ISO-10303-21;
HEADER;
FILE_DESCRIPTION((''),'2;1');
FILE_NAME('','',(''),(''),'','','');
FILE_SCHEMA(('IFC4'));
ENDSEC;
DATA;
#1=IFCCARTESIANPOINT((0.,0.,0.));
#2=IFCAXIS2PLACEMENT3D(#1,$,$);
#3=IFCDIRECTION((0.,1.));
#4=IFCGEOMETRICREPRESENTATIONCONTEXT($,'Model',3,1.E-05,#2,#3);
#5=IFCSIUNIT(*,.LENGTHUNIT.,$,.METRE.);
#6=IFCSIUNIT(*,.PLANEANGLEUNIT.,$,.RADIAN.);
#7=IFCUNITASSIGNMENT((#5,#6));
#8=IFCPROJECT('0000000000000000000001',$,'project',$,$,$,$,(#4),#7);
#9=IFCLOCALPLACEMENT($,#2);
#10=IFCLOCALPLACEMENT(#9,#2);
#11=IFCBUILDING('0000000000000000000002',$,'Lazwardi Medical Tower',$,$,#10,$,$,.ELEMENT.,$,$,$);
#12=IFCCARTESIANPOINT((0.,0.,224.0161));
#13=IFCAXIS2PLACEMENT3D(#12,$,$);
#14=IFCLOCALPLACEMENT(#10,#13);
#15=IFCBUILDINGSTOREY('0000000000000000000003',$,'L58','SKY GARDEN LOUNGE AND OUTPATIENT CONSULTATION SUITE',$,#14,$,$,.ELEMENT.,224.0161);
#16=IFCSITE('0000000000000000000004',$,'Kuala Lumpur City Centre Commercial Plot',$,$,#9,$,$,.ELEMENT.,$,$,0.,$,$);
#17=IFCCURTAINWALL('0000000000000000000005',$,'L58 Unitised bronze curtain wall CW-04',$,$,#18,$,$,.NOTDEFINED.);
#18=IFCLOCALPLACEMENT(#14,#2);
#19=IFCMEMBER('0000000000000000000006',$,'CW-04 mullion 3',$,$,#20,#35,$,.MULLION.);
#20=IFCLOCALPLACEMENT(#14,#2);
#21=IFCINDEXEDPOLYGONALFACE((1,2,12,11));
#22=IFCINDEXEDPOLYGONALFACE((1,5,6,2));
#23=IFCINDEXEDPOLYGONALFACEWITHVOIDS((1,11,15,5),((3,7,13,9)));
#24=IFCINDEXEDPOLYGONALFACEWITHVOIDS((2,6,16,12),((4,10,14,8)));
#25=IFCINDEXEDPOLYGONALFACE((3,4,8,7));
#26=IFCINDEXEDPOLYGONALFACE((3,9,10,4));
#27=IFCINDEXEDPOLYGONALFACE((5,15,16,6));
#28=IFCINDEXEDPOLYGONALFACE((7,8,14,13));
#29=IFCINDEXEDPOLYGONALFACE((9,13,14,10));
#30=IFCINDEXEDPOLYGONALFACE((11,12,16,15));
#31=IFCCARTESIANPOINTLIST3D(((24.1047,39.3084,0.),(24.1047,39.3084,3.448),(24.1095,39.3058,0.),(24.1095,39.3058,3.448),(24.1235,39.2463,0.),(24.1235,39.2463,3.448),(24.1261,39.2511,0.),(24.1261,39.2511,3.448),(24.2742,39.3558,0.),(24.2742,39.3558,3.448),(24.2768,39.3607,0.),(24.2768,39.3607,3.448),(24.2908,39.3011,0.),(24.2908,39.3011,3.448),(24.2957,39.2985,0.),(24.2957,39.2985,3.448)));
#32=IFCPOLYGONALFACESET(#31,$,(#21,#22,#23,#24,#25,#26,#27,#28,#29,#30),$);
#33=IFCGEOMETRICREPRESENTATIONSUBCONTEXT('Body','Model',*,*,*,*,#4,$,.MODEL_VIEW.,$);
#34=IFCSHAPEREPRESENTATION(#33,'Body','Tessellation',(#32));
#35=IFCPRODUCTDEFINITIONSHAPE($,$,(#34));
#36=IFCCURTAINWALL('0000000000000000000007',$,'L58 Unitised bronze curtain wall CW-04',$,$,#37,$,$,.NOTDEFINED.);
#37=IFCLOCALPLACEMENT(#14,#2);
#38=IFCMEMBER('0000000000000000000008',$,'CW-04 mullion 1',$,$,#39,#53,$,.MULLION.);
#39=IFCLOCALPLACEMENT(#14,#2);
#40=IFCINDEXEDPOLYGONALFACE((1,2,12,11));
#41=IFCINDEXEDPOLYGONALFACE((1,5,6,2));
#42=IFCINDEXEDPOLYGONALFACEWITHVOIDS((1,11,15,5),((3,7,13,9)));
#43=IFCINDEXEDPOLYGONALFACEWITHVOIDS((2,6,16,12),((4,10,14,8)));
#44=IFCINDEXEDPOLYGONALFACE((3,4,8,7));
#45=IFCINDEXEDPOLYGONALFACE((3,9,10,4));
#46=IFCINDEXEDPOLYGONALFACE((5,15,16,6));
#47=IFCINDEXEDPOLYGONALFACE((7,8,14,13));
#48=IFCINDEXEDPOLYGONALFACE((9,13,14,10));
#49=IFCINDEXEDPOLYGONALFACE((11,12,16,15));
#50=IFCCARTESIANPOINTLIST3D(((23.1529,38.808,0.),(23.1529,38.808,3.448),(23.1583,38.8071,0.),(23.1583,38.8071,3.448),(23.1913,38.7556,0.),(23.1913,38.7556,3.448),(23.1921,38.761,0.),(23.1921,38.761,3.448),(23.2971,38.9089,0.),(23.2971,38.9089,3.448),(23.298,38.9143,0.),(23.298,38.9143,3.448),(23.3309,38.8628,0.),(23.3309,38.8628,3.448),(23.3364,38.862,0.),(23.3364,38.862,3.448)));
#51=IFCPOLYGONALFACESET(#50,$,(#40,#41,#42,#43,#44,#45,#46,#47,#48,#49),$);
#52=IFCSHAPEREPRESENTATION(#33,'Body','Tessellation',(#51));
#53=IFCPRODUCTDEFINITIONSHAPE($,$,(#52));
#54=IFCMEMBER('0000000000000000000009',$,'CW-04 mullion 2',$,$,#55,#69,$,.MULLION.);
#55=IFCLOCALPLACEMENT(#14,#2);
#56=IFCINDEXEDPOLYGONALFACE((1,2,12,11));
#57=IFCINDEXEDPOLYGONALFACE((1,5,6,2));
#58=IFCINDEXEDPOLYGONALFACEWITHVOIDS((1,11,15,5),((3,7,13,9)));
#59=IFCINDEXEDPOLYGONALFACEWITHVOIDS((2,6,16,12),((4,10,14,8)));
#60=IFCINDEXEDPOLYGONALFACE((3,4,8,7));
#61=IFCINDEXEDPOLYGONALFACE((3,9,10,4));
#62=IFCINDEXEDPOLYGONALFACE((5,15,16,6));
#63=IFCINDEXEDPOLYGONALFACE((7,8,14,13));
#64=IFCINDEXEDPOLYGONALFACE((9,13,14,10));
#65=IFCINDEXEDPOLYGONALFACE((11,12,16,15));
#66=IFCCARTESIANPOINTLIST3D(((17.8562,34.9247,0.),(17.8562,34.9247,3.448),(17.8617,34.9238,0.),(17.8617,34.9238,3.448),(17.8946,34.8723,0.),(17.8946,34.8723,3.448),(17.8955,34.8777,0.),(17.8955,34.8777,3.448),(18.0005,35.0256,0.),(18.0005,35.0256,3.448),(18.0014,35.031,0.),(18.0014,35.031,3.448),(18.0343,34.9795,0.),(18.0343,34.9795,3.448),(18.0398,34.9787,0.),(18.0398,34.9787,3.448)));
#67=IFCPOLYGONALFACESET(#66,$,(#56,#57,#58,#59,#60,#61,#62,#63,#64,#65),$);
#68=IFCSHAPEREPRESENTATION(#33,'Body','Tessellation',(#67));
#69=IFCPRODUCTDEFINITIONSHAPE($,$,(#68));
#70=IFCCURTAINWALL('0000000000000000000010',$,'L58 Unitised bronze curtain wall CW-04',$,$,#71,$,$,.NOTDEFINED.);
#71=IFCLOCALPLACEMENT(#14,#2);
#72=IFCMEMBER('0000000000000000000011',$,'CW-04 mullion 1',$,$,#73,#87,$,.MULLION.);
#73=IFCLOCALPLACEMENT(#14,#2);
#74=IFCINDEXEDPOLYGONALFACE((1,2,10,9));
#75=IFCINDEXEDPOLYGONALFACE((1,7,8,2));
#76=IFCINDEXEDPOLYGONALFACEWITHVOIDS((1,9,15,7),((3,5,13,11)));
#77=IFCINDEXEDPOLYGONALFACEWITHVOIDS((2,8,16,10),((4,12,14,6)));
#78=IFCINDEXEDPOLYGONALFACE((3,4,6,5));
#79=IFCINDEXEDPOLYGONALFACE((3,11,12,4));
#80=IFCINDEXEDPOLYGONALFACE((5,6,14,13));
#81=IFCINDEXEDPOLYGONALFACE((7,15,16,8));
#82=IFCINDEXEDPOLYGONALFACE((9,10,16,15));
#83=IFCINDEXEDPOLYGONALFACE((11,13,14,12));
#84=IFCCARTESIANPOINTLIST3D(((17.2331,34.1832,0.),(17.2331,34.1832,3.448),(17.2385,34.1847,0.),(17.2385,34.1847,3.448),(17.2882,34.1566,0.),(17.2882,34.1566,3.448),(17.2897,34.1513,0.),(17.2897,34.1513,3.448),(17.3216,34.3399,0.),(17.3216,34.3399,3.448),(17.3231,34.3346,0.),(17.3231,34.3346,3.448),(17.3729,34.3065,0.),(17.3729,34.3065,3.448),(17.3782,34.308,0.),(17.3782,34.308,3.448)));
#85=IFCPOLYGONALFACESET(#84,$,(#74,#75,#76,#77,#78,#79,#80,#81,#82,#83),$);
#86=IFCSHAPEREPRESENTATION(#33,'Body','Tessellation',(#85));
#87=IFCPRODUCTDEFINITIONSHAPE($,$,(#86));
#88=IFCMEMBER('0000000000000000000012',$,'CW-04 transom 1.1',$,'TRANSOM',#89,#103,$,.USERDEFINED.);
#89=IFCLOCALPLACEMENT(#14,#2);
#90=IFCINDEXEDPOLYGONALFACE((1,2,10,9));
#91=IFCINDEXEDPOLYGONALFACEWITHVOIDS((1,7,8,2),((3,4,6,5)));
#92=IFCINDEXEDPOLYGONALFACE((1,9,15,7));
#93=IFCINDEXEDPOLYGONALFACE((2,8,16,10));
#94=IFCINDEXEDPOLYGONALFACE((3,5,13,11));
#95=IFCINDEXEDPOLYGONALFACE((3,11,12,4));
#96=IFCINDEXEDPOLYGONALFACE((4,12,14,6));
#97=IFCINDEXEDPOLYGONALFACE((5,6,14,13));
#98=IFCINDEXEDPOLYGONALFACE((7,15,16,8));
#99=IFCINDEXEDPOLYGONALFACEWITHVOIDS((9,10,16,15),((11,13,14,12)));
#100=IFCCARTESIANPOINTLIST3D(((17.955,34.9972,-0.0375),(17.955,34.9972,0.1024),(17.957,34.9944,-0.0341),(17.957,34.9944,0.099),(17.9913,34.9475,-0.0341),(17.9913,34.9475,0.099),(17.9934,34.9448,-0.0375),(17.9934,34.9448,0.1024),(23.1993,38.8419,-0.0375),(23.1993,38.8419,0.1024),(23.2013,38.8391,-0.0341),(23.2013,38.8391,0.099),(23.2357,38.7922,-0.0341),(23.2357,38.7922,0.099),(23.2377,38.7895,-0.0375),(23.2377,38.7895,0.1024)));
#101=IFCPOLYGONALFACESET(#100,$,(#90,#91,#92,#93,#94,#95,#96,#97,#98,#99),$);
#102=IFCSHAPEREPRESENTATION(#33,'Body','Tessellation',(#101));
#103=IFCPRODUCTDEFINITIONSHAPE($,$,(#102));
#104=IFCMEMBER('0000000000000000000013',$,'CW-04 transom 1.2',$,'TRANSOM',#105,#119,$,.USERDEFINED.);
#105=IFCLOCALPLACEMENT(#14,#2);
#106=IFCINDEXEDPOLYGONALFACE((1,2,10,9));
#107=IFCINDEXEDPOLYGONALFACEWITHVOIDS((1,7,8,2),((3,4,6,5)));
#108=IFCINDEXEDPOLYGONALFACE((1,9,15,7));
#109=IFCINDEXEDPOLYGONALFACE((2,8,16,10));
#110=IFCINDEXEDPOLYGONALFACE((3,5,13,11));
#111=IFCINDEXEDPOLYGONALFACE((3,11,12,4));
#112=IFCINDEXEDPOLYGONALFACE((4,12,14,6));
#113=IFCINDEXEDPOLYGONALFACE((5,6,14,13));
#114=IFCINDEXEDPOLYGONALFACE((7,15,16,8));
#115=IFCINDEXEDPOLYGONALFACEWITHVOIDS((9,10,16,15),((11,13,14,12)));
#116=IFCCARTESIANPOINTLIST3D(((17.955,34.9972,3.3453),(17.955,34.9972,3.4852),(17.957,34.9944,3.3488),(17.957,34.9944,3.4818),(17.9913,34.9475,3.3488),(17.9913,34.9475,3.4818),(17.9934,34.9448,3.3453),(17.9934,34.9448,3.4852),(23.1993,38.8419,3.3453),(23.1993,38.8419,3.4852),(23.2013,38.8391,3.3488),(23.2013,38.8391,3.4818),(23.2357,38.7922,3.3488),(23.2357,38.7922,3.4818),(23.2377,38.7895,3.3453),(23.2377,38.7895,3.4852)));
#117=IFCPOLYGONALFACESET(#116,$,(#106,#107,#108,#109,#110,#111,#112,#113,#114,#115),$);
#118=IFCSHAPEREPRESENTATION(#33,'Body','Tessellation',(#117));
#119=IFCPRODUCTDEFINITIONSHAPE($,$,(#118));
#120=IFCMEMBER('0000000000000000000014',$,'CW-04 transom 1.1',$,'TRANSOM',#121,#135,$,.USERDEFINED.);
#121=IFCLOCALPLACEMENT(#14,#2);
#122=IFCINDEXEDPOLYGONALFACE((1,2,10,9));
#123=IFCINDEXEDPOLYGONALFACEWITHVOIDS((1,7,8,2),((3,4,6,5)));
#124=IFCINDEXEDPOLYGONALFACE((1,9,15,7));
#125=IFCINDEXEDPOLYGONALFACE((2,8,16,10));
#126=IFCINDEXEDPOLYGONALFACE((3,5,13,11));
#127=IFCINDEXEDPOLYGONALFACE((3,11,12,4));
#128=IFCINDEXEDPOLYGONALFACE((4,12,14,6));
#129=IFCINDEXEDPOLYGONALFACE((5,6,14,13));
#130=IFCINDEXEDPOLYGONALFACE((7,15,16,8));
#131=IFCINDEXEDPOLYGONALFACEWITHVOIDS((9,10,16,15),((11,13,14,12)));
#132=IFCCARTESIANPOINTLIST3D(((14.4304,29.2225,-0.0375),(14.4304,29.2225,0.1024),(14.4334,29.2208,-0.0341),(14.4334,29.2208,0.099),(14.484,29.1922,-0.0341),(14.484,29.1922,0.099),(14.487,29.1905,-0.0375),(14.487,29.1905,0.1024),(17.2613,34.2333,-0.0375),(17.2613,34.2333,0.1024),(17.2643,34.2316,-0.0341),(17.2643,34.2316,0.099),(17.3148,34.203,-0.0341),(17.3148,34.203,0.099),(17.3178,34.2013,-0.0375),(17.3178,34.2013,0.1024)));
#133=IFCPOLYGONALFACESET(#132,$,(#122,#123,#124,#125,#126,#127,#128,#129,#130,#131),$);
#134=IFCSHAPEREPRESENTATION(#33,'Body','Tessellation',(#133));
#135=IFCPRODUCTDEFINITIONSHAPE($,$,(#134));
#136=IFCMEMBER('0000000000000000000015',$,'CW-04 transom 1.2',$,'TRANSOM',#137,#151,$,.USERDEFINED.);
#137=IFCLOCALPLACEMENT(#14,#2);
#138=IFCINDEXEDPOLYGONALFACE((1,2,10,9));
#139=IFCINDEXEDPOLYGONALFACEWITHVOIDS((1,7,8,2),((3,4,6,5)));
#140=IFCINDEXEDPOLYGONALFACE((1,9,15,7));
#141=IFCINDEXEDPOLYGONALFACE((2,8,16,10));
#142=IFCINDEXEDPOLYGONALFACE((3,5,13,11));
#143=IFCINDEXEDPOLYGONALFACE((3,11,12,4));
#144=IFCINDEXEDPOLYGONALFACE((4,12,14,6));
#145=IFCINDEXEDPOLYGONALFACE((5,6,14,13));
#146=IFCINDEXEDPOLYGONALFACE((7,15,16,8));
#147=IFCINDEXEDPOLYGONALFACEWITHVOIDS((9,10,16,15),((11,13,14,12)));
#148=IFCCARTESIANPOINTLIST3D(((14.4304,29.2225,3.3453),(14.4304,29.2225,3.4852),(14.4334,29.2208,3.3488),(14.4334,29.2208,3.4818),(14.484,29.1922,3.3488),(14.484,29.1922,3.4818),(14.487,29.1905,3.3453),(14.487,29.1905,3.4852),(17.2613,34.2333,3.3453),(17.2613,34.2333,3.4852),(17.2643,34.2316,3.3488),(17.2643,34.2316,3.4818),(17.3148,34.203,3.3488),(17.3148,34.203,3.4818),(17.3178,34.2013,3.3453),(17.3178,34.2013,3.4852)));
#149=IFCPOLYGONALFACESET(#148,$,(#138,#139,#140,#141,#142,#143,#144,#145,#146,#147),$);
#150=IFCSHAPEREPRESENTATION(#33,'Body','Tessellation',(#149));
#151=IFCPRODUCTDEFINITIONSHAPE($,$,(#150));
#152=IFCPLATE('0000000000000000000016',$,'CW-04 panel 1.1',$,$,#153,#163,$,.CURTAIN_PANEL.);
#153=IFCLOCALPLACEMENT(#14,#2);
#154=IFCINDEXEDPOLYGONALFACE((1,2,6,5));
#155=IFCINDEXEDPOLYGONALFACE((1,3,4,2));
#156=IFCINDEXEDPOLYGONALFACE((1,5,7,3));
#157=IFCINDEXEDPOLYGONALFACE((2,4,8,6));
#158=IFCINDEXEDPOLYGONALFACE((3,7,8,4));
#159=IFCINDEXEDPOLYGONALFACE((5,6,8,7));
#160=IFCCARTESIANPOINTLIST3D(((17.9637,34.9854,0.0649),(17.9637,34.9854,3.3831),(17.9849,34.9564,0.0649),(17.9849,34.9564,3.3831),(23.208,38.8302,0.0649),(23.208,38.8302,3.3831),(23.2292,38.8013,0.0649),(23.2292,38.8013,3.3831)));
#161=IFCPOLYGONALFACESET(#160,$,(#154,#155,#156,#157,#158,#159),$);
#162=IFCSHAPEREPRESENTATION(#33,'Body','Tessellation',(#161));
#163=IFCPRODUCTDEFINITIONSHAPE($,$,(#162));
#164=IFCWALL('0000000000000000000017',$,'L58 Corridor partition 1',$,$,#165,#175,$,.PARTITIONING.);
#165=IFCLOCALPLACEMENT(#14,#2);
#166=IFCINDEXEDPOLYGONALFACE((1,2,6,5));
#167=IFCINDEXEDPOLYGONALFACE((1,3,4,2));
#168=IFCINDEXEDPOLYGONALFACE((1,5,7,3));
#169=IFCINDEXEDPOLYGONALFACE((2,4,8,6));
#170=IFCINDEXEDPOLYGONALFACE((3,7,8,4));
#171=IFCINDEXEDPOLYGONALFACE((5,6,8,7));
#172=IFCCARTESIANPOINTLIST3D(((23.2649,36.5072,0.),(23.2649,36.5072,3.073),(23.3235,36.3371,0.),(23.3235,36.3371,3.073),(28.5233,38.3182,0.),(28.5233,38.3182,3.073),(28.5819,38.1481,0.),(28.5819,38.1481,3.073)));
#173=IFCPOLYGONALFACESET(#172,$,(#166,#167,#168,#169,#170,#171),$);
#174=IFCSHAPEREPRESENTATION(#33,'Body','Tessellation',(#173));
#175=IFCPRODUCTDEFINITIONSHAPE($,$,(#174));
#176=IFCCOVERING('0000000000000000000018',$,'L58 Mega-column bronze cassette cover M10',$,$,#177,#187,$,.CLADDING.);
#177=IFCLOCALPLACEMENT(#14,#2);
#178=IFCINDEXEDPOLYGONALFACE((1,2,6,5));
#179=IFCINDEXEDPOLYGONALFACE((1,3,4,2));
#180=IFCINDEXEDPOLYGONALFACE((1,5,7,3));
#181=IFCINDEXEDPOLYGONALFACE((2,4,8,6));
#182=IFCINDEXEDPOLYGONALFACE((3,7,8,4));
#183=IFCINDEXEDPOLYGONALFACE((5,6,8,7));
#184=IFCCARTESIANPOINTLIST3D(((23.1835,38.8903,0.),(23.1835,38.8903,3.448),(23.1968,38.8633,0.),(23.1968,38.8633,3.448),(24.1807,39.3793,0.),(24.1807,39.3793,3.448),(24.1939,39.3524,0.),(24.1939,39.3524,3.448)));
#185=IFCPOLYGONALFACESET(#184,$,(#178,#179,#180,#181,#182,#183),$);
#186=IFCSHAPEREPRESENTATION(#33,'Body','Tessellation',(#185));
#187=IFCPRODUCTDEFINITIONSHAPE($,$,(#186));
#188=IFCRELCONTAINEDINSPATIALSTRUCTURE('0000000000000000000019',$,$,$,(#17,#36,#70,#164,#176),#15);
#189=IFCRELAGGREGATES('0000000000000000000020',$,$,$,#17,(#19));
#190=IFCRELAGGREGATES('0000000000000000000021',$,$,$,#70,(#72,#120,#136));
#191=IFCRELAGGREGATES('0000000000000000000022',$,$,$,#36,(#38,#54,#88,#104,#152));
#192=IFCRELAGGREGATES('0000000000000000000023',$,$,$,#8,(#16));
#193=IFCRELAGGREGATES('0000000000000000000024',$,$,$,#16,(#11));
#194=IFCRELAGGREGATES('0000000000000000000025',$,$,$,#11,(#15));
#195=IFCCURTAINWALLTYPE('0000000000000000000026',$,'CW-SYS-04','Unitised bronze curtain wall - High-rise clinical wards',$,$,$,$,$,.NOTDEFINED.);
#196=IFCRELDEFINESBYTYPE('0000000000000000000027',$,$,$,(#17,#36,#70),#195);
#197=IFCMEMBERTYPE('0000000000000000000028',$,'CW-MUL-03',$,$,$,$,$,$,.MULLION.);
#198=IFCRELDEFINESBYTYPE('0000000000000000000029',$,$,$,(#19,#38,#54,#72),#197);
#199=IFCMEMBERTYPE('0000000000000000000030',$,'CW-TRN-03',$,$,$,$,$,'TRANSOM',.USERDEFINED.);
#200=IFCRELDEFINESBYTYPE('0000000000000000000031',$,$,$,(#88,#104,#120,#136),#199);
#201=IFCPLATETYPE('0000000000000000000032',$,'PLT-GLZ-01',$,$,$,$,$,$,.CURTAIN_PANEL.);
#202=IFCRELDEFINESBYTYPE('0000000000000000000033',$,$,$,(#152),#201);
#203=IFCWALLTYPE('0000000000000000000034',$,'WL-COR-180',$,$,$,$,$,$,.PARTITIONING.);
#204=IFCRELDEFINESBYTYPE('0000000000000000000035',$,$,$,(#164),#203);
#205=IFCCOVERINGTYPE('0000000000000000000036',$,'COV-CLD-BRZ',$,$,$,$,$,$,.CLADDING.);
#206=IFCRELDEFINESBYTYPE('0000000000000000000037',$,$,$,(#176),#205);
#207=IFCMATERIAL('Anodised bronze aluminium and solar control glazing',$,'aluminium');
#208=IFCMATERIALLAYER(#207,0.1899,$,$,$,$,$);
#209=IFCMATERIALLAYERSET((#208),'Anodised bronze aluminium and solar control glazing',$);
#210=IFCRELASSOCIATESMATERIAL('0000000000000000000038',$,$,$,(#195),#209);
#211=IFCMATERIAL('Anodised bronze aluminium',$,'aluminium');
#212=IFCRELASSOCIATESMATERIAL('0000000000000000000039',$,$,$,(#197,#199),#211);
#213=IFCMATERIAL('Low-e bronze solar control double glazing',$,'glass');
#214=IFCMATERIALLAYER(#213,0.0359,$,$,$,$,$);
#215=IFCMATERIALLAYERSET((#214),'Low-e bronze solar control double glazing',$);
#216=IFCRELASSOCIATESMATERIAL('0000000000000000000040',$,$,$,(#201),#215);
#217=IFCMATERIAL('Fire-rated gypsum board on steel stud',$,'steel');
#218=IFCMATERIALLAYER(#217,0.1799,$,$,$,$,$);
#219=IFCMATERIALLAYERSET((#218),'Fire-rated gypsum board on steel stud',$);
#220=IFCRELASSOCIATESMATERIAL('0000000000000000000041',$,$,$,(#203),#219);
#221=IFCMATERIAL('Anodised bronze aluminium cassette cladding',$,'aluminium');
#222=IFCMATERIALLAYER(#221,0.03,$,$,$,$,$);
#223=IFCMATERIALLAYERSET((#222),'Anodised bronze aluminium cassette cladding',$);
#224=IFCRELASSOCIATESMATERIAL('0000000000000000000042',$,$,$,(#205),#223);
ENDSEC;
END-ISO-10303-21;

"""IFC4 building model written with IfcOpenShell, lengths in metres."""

from ifc_helpers import new_model, si_unit, direction, frame, frame_2d, origin, origin_2d, place, context, subcontext, project, spatial, rectangle, hollow_rectangle, extrude, material, layer, layer_set, material_profile, profile_set, type_object, element, aggregate, save


model = new_model("IFC4")

# Units and contexts
model_context = context("Model", 3, precision=1e-05, world=origin(), true_north=direction((0.0, 1.0)))
body_context = subcontext(model_context, "Body", "Model", "MODEL_VIEW")
ifc_project = project(units=[si_unit("LENGTHUNIT", "METRE"), si_unit("PLANEANGLEUNIT", "RADIAN")], contexts=[model_context])

# Site, building, storey
site_placement = place(None, origin())
site = spatial("IfcSite", under=ifc_project, at=site_placement, Name="Kuala Lumpur City Centre Commercial Plot", CompositionType="ELEMENT", RefElevation=0.0)
building_placement = place(site_placement, origin())
building = spatial("IfcBuilding", under=site, at=building_placement, Name="Lazwardi Medical Tower", CompositionType="ELEMENT")
storey_placement = place(building_placement, frame((0.0, 0.0, 224.0161)))
storey = spatial("IfcBuildingStorey", under=building, at=storey_placement, Name="L58", Description="SKY GARDEN LOUNGE AND OUTPATIENT CONSULTATION SUITE", CompositionType="ELEMENT", Elevation=224.0161)

# Curtain wall, member
ifc_material_1 = material(Name="Anodised bronze aluminium and solar control glazing", Category="aluminium")
ifc_layer_1 = layer(ifc_material_1, 0.1899)
ifc_layer_set_1 = layer_set([ifc_layer_1], Name="Anodised bronze aluminium and solar control glazing")
curtain_wall_type = type_object("IfcCurtainWallType", Name="CW-SYS-04", Description="Unitised bronze curtain wall - High-rise clinical wards", PredefinedType="NOTDEFINED", material=ifc_layer_set_1)
curtain_wall_1_placement = place(storey_placement, origin())
curtain_wall_1 = element("IfcCurtainWall", 1, at=curtain_wall_1_placement, inside=storey, type_object=curtain_wall_type, Name="L58 Unitised bronze curtain wall CW-04", PredefinedType="NOTDEFINED")
ifc_material_2 = material(Name="Anodised bronze aluminium", Category="aluminium")
ifc_material_profile_1 = material_profile(ifc_material_2, hollow_rectangle(XDim=0.0649, YDim=0.1799, WallThickness=0.0039, at=origin_2d()), Name="ALU-MULLION 180x65x4")
ifc_profile_set_1 = profile_set([ifc_material_profile_1], Name="Anodised bronze aluminium")
member_type_1 = type_object("IfcMemberType", Name="CW-MUL-03", PredefinedType="MULLION", material=ifc_profile_set_1)
member_1_placement = place(storey_placement, frame((24.2002, 39.3035, 0.0), z_axis=(0.0, 0.0, 1.0), x_axis=(0.290582, -0.95685, 0.0)))
member_1 = element("IfcMember", 2, at=member_1_placement, type_object=member_type_1, Name="CW-04 mullion 3", PredefinedType="MULLION", context=body_context, shape_type="SweptSolid", body=[
    extrude(hollow_rectangle(XDim=0.0649, YDim=0.1799, WallThickness=0.0039, at=origin_2d()), origin(), (0.0, 0.0, 1.0), 3.448),
])
aggregate(curtain_wall_1, [member_1])

# Curtain wall, members
curtain_wall_2_placement = place(storey_placement, origin())
curtain_wall_2 = element("IfcCurtainWall", 3, at=curtain_wall_2_placement, inside=storey, type_object=curtain_wall_type, Name="L58 Unitised bronze curtain wall CW-04", PredefinedType="NOTDEFINED")
member_2_placement = place(storey_placement, frame((23.2446, 38.835, 0.0), z_axis=(0.0, 0.0, 1.0), x_axis=(0.591268, -0.806475, 0.0)))
member_2 = element("IfcMember", 4, at=member_2_placement, type_object=member_type_1, Name="CW-04 mullion 1", PredefinedType="MULLION", context=body_context, shape_type="SweptSolid", body=[
    extrude(hollow_rectangle(XDim=0.0649, YDim=0.1799, WallThickness=0.0039, at=origin_2d()), origin(), (0.0, 0.0, 1.0), 3.448),
])
member_3_placement = place(storey_placement, frame((17.948, 34.9517, 0.0), z_axis=(0.0, 0.0, 1.0), x_axis=(0.591268, -0.806475, 0.0)))
member_3 = element("IfcMember", 5, at=member_3_placement, type_object=member_type_1, Name="CW-04 mullion 2", PredefinedType="MULLION", context=body_context, shape_type="SweptSolid", body=[
    extrude(hollow_rectangle(XDim=0.0649, YDim=0.1799, WallThickness=0.0039, at=origin_2d()), origin(), (0.0, 0.0, 1.0), 3.448),
])

# Curtain wall, member
curtain_wall_3_placement = place(storey_placement, origin())
curtain_wall_3 = element("IfcCurtainWall", 6, at=curtain_wall_3_placement, inside=storey, type_object=curtain_wall_type, Name="L58 Unitised bronze curtain wall CW-04", PredefinedType="NOTDEFINED")
member_4_placement = place(storey_placement, frame((17.3057, 34.2456, 0.0), z_axis=(0.0, 0.0, 1.0), x_axis=(0.870651, -0.4919, 0.0)))
member_4 = element("IfcMember", 7, at=member_4_placement, type_object=member_type_1, Name="CW-04 mullion 1", PredefinedType="MULLION", context=body_context, shape_type="SweptSolid", body=[
    extrude(hollow_rectangle(XDim=0.0649, YDim=0.1799, WallThickness=0.0039, at=origin_2d()), origin(), (0.0, 0.0, 1.0), 3.448),
])

# Members
ifc_material_profile_2 = material_profile(ifc_material_2, hollow_rectangle(XDim=0.0649, YDim=0.1399, WallThickness=0.0034, at=origin_2d()), Name="ALU-TRANSOM 140x65x3.5")
ifc_profile_set_2 = profile_set([ifc_material_profile_2], Name="Anodised bronze aluminium")
member_type_2 = type_object("IfcMemberType", Name="CW-TRN-03", ElementType="TRANSOM", PredefinedType="USERDEFINED", material=ifc_profile_set_2)
member_5_placement = place(storey_placement, frame((23.2185, 38.8157, 0.0325), z_axis=(-0.80649, -0.591248, 0.0), x_axis=(0.591248, -0.80649, 0.0)))
member_5 = element("IfcMember", 8, at=member_5_placement, type_object=member_type_2, Name="CW-04 transom 1.1", ObjectType="TRANSOM", PredefinedType="USERDEFINED", context=body_context, shape_type="SweptSolid", body=[
    extrude(hollow_rectangle(XDim=0.0649, YDim=0.1399, WallThickness=0.0034, at=origin_2d()), origin(), (0.0, 0.0, 1.0), 6.5027),
])
member_6_placement = place(storey_placement, frame((23.2185, 38.8157, 3.4153), z_axis=(-0.80649, -0.591248, 0.0), x_axis=(0.591248, -0.80649, 0.0)))
member_6 = element("IfcMember", 9, at=member_6_placement, type_object=member_type_2, Name="CW-04 transom 1.2", ObjectType="TRANSOM", PredefinedType="USERDEFINED", context=body_context, shape_type="SweptSolid", body=[
    extrude(hollow_rectangle(XDim=0.0649, YDim=0.1399, WallThickness=0.0034, at=origin_2d()), origin(), (0.0, 0.0, 1.0), 6.5027),
])
member_7_placement = place(storey_placement, frame((17.2896, 34.2173, 0.0325), z_axis=(-0.49188, -0.870663, 0.0), x_axis=(0.870663, -0.49188, 0.0)))
member_7 = element("IfcMember", 10, at=member_7_placement, type_object=member_type_2, Name="CW-04 transom 1.1", ObjectType="TRANSOM", PredefinedType="USERDEFINED", context=body_context, shape_type="SweptSolid", body=[
    extrude(hollow_rectangle(XDim=0.0649, YDim=0.1399, WallThickness=0.0034, at=origin_2d()), origin(), (0.0, 0.0, 1.0), 5.7551),
])
member_8_placement = place(storey_placement, frame((17.2896, 34.2173, 3.4153), z_axis=(-0.49188, -0.870663, 0.0), x_axis=(0.870663, -0.49188, 0.0)))
member_8 = element("IfcMember", 11, at=member_8_placement, type_object=member_type_2, Name="CW-04 transom 1.2", ObjectType="TRANSOM", PredefinedType="USERDEFINED", context=body_context, shape_type="SweptSolid", body=[
    extrude(hollow_rectangle(XDim=0.0649, YDim=0.1399, WallThickness=0.0034, at=origin_2d()), origin(), (0.0, 0.0, 1.0), 5.7551),
])
aggregate(curtain_wall_3, [member_4, member_7, member_8])

# Plate
ifc_material_3 = material(Name="Low-e bronze solar control double glazing", Category="glass")
ifc_layer_2 = layer(ifc_material_3, 0.0359)
ifc_layer_set_2 = layer_set([ifc_layer_2], Name="Low-e bronze solar control double glazing")
plate_type = type_object("IfcPlateType", Name="PLT-GLZ-01", PredefinedType="CURTAIN_PANEL", material=ifc_layer_set_2)
plate_placement = place(storey_placement, frame((20.5964, 36.8933, 0.0649), z_axis=(0.0, 0.0, 1.0), x_axis=(-0.806475, -0.591268, 0.0)))
plate = element("IfcPlate", 12, at=plate_placement, type_object=plate_type, Name="CW-04 panel 1.1", PredefinedType="CURTAIN_PANEL", context=body_context, shape_type="SweptSolid", body=[
    extrude(rectangle(XDim=6.5027, YDim=0.0359, at=origin_2d()), origin(), (0.0, 0.0, 1.0), 3.3181),
])
aggregate(curtain_wall_2, [member_2, member_3, member_5, member_6, plate])

# Wall
ifc_material_4 = material(Name="Fire-rated gypsum board on steel stud", Category="steel")
ifc_layer_3 = layer(ifc_material_4, 0.1799)
ifc_layer_set_3 = layer_set([ifc_layer_3], Name="Fire-rated gypsum board on steel stud")
wall_type = type_object("IfcWallType", Name="WL-COR-180", PredefinedType="PARTITIONING", material=ifc_layer_set_3)
wall_placement = place(storey_placement, frame((23.2942, 36.4221, 0.0), z_axis=(0.0, 0.0, 1.0), x_axis=(0.945493, 0.325642, 0.0)))
element("IfcWall", 13, at=wall_placement, inside=storey, type_object=wall_type, Name="L58 Corridor partition 1", PredefinedType="PARTITIONING", context=body_context, shape_type="SweptSolid", body=[
    extrude(rectangle(XDim=5.5615, YDim=0.1799, at=frame_2d((2.7808, 0.0))), origin(), (0.0, 0.0, 1.0), 3.073),
])

# Covering
ifc_material_5 = material(Name="Anodised bronze aluminium cassette cladding", Category="aluminium")
ifc_layer_4 = layer(ifc_material_5, 0.03)
ifc_layer_set_4 = layer_set([ifc_layer_4], Name="Anodised bronze aluminium cassette cladding")
covering_type = type_object("IfcCoveringType", Name="COV-CLD-BRZ", PredefinedType="CLADDING", material=ifc_layer_set_4)
covering_1_placement = place(storey_placement, frame((23.6887, 39.1213, 0.0), z_axis=(0.0, 0.0, 1.0), x_axis=(-0.89784, -0.440322, 0.0)))
element("IfcCovering", 14, at=covering_1_placement, inside=storey, type_object=covering_type, Name="L58 Mega-column bronze cassette cover M10", PredefinedType="CLADDING", context=body_context, shape_type="SweptSolid", body=[
    extrude(rectangle(XDim=1.1106, YDim=0.03, at=origin_2d()), origin(), (0.0, 0.0, 1.0), 3.448),
])

save(model, "model.ifc")
